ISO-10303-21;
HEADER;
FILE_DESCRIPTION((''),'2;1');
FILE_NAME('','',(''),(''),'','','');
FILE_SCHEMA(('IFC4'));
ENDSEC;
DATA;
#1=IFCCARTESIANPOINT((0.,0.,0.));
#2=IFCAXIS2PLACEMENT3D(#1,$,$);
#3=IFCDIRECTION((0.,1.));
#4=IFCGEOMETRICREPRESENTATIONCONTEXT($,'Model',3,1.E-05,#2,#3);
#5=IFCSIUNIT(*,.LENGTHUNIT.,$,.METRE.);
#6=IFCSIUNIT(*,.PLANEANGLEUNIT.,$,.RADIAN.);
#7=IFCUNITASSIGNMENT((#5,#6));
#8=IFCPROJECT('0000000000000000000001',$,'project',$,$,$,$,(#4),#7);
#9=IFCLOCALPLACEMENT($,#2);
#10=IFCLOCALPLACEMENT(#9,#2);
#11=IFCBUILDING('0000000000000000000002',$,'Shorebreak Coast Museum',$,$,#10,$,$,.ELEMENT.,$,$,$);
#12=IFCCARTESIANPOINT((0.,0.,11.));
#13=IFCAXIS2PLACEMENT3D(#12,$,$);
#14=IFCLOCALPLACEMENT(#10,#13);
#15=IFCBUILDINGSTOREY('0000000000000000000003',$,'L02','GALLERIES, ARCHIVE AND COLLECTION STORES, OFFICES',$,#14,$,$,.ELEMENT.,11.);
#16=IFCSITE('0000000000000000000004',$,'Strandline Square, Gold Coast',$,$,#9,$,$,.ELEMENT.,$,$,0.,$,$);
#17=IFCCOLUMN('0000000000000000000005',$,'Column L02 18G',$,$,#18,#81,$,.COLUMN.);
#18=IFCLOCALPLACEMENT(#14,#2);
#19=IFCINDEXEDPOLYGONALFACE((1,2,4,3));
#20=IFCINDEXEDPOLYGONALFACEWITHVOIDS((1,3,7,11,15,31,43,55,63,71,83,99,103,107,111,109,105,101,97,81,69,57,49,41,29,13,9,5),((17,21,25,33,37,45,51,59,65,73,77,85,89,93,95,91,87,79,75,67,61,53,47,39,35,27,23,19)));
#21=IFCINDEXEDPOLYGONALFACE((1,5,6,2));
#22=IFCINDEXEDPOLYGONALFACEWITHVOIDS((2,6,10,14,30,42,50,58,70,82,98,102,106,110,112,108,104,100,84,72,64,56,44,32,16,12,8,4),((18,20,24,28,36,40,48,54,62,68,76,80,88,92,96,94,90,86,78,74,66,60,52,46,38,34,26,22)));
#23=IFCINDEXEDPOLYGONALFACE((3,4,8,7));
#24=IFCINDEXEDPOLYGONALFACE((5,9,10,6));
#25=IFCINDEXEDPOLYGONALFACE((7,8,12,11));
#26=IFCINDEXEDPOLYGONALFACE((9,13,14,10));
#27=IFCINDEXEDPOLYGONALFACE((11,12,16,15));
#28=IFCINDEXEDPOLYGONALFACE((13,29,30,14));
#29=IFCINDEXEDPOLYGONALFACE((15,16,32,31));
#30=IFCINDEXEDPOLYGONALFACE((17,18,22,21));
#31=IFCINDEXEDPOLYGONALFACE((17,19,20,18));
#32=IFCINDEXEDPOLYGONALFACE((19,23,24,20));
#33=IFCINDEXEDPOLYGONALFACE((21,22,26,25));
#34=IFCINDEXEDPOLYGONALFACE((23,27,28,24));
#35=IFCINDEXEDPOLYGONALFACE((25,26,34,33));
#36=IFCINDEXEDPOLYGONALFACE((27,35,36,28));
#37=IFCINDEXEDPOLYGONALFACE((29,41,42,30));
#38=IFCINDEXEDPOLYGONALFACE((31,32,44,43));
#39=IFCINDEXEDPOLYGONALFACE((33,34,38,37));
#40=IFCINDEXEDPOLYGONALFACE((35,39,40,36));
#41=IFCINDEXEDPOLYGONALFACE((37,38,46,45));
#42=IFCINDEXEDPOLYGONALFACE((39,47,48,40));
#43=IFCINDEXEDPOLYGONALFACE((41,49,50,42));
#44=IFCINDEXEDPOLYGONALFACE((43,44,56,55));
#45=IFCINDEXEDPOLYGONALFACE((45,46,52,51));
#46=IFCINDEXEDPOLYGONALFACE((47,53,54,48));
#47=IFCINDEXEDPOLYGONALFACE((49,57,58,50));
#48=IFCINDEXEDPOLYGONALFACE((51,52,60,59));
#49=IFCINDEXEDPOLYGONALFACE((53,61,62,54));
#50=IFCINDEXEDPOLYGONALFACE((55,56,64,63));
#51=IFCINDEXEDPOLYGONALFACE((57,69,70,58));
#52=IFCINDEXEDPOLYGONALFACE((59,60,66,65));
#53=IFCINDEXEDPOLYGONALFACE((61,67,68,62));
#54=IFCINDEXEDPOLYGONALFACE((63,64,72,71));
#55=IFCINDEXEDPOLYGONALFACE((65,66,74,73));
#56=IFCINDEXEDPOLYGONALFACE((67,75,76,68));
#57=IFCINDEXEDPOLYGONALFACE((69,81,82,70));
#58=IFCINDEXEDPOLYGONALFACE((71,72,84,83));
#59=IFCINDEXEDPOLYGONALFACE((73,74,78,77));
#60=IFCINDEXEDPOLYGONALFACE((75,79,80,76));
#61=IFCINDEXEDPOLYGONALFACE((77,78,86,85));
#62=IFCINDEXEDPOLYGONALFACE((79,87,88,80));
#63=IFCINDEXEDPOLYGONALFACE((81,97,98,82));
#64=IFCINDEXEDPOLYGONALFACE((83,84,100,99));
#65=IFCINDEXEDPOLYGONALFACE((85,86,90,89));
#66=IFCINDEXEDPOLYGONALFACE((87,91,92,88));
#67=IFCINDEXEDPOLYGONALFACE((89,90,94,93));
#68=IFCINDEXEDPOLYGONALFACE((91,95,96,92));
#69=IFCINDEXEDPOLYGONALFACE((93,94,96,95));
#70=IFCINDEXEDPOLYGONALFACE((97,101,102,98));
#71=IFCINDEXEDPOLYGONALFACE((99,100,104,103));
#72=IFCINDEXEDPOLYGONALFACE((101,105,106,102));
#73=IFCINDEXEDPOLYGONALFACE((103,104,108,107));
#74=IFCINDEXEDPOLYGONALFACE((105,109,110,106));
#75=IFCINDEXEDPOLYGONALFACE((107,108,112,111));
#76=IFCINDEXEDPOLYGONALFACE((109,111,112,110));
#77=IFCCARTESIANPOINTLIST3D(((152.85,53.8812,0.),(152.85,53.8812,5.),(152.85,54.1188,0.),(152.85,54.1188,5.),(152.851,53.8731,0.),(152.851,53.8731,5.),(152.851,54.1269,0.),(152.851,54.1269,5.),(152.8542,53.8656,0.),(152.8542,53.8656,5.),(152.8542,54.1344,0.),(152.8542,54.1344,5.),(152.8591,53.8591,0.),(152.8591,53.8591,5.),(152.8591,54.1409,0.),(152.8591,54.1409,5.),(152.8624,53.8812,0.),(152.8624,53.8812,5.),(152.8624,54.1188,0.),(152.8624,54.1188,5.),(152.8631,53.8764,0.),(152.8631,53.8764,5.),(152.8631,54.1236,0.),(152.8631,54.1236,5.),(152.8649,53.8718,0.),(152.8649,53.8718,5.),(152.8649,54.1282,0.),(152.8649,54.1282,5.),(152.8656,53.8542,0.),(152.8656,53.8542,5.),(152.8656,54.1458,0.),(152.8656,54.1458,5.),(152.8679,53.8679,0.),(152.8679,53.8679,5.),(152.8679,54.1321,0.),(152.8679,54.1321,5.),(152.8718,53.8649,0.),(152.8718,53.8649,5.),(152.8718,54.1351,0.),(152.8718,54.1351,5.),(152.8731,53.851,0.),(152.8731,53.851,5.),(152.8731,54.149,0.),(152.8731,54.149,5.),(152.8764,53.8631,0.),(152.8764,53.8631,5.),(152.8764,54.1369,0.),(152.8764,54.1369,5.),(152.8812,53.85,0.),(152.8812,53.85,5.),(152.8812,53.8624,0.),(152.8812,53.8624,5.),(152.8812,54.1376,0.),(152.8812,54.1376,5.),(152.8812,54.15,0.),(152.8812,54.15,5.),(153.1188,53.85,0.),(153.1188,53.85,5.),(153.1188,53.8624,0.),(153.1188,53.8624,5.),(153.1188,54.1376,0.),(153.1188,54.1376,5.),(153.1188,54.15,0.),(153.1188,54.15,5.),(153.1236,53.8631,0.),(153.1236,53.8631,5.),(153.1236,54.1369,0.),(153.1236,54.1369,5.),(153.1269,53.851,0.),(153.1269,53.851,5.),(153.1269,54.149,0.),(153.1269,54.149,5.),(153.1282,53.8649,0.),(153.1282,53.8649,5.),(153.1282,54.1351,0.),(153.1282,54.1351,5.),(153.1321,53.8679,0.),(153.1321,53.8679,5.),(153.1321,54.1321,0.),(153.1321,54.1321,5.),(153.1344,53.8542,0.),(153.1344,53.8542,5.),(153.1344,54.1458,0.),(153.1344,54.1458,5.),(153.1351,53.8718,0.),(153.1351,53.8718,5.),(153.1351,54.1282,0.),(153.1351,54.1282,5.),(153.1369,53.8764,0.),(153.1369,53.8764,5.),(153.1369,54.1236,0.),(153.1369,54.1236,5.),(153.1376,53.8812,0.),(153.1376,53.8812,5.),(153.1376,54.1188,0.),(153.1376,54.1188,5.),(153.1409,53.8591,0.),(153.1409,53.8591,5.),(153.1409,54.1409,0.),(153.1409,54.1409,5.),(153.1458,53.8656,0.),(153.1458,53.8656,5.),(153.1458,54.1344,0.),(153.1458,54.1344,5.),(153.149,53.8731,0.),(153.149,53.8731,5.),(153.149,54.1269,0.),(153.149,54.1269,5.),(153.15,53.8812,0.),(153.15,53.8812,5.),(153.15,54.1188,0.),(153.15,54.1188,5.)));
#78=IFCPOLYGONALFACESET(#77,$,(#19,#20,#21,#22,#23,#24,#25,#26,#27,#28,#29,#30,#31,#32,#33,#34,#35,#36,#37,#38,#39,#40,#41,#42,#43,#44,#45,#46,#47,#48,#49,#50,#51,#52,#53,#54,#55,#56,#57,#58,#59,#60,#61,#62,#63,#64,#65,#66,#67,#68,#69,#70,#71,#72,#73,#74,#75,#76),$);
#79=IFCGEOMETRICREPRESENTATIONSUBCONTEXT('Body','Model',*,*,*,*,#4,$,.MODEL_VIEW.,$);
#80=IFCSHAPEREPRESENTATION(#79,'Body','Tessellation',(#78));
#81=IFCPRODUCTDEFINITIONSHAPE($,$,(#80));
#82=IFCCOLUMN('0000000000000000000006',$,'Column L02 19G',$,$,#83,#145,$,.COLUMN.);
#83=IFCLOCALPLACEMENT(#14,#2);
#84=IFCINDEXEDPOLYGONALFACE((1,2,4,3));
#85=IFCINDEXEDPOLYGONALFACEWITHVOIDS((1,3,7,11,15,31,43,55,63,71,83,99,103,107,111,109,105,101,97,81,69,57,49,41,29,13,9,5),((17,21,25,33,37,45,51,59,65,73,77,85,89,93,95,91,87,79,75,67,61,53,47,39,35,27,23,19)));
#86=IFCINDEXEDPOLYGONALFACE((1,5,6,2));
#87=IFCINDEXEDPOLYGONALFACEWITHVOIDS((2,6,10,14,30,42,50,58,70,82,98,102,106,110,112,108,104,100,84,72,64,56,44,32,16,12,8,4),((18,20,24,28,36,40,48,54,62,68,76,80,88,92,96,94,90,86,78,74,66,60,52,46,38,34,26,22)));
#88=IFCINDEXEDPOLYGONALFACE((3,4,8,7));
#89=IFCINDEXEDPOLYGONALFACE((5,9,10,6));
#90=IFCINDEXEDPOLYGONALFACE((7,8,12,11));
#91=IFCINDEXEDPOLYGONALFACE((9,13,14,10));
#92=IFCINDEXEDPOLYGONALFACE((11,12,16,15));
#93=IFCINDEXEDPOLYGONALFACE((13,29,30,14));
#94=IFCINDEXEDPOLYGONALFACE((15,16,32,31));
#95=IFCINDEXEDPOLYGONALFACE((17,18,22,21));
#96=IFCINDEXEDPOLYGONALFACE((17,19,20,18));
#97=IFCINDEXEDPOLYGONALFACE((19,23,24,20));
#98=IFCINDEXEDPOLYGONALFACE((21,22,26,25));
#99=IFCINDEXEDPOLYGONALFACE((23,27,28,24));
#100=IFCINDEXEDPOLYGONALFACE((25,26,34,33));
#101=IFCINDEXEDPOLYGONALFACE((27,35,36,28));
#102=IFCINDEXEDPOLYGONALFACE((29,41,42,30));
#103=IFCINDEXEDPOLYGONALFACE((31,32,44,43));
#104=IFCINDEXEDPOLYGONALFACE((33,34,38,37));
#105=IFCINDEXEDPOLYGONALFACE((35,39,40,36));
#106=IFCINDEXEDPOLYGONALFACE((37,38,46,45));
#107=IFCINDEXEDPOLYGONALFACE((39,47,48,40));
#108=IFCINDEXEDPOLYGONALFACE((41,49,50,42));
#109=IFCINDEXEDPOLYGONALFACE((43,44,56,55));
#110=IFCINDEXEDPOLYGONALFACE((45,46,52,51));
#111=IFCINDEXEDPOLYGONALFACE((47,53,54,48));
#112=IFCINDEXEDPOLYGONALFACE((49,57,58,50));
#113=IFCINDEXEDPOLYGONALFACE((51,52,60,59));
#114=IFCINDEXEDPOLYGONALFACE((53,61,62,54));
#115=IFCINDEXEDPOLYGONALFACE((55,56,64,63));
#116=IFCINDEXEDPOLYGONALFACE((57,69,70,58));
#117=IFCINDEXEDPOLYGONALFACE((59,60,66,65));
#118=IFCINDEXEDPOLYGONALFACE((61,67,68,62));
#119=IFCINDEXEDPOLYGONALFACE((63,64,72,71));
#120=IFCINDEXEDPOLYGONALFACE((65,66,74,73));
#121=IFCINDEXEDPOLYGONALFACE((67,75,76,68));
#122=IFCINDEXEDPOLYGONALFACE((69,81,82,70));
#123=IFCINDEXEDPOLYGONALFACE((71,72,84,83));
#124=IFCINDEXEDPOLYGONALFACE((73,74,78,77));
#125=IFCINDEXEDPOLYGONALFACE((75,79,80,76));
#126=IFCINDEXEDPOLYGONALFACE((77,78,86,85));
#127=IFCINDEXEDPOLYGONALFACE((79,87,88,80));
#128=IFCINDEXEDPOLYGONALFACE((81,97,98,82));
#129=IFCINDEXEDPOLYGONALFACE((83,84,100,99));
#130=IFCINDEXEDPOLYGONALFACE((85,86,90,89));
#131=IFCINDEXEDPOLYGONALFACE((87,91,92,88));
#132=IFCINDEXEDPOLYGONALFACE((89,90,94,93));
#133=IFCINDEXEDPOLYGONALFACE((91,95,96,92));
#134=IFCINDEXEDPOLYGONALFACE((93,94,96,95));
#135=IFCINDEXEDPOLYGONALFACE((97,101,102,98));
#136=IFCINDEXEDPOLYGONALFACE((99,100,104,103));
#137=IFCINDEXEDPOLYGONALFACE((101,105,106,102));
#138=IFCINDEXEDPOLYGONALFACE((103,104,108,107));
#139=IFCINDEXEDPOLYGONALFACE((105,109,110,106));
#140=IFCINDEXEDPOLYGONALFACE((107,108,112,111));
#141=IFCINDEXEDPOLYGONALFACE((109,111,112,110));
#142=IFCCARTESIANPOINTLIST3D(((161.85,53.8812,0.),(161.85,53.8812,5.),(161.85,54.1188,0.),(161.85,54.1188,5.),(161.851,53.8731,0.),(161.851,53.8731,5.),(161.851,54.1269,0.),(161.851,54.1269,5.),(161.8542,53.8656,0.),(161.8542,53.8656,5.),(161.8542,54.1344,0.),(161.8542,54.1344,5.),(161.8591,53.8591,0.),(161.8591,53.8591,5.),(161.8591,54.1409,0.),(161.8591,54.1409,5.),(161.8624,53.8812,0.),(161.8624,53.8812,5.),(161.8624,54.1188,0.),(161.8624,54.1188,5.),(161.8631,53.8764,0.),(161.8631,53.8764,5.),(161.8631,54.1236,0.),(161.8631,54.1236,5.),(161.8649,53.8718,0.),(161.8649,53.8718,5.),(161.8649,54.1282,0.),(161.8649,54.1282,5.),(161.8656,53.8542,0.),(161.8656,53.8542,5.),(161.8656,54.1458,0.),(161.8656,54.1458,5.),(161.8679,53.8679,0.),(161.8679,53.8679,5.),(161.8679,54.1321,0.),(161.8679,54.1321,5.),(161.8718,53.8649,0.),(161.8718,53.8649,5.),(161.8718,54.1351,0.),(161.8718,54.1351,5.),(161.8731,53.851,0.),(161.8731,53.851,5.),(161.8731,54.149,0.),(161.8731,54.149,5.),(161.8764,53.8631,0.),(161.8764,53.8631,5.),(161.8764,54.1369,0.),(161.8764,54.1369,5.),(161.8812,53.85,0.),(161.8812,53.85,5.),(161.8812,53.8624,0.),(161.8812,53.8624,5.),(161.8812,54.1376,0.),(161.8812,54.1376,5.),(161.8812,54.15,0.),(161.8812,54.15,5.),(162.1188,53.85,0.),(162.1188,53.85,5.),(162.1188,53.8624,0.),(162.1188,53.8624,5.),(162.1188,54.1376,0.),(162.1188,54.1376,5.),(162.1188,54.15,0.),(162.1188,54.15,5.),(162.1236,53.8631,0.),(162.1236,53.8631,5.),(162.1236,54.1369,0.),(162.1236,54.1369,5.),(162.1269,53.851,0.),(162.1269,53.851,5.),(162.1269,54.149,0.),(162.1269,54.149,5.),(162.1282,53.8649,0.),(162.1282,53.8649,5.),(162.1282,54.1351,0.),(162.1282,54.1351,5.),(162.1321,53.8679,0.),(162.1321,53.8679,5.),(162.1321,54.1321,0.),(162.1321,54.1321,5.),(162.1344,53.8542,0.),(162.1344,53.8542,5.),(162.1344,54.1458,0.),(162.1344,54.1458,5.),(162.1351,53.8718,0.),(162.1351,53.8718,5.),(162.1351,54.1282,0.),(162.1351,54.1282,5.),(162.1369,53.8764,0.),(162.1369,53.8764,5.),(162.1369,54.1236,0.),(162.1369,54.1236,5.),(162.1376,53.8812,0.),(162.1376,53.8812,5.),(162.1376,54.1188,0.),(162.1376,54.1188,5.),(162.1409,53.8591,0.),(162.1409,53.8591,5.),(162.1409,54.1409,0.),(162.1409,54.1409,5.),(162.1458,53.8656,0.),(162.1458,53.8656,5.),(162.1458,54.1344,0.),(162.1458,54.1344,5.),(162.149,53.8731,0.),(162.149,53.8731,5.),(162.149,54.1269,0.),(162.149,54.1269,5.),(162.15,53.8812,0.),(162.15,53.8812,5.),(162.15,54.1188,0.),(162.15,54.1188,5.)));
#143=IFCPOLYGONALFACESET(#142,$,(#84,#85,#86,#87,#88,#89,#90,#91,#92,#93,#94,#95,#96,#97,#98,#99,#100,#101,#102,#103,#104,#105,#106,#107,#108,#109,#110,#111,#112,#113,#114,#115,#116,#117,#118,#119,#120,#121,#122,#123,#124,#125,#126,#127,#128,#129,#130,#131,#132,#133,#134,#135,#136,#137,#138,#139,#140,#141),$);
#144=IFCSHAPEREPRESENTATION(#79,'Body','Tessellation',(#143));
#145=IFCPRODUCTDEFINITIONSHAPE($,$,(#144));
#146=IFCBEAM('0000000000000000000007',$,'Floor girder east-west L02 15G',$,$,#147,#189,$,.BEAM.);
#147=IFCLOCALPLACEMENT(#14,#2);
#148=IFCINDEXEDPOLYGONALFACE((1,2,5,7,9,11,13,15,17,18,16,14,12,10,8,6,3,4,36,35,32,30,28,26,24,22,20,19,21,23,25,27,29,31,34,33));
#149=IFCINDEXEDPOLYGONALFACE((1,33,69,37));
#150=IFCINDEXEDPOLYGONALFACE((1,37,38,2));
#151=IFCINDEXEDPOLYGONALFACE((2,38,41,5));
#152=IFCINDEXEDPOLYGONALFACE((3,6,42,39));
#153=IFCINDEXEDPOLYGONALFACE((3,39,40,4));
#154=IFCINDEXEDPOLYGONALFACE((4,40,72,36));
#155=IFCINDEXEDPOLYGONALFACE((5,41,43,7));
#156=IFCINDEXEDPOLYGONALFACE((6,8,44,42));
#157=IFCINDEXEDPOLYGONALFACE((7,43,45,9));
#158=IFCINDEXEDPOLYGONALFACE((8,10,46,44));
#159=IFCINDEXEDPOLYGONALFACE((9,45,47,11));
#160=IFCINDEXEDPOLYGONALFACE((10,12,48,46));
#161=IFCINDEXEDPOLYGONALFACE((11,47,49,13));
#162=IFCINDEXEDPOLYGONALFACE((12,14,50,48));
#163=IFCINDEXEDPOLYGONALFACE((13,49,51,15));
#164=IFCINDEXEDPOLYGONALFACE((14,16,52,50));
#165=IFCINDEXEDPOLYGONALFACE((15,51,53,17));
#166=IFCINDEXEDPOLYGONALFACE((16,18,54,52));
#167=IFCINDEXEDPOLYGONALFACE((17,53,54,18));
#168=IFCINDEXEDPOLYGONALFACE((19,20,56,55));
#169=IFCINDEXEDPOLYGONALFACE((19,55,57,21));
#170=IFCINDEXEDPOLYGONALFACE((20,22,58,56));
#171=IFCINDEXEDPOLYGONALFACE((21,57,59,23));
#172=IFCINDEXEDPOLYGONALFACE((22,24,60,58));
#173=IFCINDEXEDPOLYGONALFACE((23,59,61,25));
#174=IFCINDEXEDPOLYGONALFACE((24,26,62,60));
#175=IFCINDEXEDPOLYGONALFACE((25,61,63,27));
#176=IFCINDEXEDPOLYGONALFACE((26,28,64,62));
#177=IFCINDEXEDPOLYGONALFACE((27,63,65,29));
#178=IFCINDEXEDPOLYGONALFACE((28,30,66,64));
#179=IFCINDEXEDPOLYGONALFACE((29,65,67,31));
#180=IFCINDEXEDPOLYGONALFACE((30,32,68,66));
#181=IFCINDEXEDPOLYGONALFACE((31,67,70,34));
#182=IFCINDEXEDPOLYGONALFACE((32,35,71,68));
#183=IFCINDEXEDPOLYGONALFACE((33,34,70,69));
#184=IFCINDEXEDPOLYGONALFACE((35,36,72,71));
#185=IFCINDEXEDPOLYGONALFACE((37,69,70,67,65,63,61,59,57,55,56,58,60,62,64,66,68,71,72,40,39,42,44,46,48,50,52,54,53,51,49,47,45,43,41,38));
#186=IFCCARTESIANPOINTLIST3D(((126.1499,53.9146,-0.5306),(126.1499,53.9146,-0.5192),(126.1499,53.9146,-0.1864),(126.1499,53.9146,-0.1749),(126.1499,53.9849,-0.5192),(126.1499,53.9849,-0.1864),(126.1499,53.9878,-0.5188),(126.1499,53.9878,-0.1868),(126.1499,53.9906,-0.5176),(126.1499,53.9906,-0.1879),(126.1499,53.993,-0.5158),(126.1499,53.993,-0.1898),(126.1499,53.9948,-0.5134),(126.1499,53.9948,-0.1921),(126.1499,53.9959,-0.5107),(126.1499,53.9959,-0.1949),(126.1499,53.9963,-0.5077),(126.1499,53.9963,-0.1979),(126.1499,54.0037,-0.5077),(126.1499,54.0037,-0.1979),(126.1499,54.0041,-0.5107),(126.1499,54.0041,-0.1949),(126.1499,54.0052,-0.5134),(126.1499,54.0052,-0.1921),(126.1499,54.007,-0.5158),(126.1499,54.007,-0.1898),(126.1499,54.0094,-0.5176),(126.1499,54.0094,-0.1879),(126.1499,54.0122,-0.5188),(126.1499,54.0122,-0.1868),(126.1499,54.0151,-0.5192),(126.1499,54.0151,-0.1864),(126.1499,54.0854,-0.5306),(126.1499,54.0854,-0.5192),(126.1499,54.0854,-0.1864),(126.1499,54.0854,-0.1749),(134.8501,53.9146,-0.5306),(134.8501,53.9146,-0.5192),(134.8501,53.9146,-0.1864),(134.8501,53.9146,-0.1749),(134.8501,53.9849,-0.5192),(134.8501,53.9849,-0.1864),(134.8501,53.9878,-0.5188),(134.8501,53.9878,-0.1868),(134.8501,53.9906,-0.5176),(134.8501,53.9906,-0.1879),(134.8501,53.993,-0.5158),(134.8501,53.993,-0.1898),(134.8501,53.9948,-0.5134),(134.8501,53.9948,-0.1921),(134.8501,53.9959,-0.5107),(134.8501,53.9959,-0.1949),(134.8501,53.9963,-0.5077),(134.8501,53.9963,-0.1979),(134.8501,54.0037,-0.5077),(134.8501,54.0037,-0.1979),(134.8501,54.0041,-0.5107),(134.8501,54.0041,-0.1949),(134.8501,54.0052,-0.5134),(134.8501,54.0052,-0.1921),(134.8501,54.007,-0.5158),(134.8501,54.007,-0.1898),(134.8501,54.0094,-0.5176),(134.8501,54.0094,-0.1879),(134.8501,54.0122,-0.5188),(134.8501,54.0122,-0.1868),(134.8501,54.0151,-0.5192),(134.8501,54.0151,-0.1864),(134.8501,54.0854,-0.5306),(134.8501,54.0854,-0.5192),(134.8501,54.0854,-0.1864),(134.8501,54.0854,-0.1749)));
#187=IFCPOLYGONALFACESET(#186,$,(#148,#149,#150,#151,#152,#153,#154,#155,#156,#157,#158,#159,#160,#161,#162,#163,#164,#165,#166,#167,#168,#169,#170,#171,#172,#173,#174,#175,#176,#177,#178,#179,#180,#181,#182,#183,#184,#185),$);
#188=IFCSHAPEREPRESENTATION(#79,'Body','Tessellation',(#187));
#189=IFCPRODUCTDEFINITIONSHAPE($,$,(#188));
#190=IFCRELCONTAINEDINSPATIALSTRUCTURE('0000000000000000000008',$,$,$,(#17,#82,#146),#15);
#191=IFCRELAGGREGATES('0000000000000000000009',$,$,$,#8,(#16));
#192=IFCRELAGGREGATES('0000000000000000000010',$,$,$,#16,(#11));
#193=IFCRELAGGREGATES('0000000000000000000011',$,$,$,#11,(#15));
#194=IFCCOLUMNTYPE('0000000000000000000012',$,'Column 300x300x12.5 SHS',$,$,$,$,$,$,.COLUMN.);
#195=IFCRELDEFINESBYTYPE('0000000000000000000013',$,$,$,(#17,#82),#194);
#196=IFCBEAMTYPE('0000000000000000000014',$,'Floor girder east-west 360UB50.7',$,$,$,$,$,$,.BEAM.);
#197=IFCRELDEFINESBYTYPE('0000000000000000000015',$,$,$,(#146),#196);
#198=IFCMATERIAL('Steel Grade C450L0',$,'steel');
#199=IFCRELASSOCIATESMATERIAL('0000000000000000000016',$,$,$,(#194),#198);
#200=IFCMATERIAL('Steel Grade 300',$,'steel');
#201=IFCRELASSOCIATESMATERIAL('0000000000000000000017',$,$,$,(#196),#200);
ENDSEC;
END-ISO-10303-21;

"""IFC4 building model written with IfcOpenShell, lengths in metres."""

from ifc_helpers import new_model, si_unit, direction, frame, origin, origin_2d, place, context, subcontext, project, spatial, hollow_rectangle, i_section, extrude, material, material_profile, profile_set, type_object, element, save


model = new_model("IFC4")

# Units and contexts
model_context = context("Model", 3, precision=1e-05, world=origin(), true_north=direction((0.0, 1.0)))
body_context = subcontext(model_context, "Body", "Model", "MODEL_VIEW")
ifc_project = project(units=[si_unit("LENGTHUNIT", "METRE"), si_unit("PLANEANGLEUNIT", "RADIAN")], contexts=[model_context])

# Site, building, storey
site_placement = place(None, origin())
site = spatial("IfcSite", under=ifc_project, at=site_placement, Name="Strandline Square, Gold Coast", CompositionType="ELEMENT", RefElevation=0.0)
building_placement = place(site_placement, origin())
building = spatial("IfcBuilding", under=site, at=building_placement, Name="Shorebreak Coast Museum", CompositionType="ELEMENT")
storey_placement = place(building_placement, frame((0.0, 0.0, 11.0)))
storey = spatial("IfcBuildingStorey", under=building, at=storey_placement, Name="L02", Description="GALLERIES, ARCHIVE AND COLLECTION STORES, OFFICES", CompositionType="ELEMENT", Elevation=11.0)

# Columns
ifc_material_1 = material(Name="Steel Grade C450L0", Category="steel")
ifc_material_profile_1 = material_profile(ifc_material_1, hollow_rectangle(XDim=0.3, YDim=0.3, WallThickness=0.0125, InnerFilletRadius=0.0188, OuterFilletRadius=0.0312, at=origin_2d()), Name="300x300x12.5 SHS")
ifc_profile_set_1 = profile_set([ifc_material_profile_1], Name="Steel Grade C450L0")
column_type = type_object("IfcColumnType", Name="Column 300x300x12.5 SHS", PredefinedType="COLUMN", material=ifc_profile_set_1)
for number, where, z_axis, x_axis, name in (
    (1, (153.0, 54.0, 0.0), (0.0, 0.0, 1.0), (1.0, 0.0, 0.0), "Column L02 18G"),
    (2, (162.0, 54.0, 0.0), (0.0, 0.0, 1.0), (1.0, 0.0, 0.0), "Column L02 19G"),
):
    element("IfcColumn", number, at=place(storey_placement, frame(where, z_axis=z_axis, x_axis=x_axis)), inside=storey, type_object=column_type, Name=name, PredefinedType="COLUMN", context=body_context, shape_type="SweptSolid", body=[
        extrude(hollow_rectangle(XDim=0.3, YDim=0.3, WallThickness=0.0125, InnerFilletRadius=0.0188, OuterFilletRadius=0.0312, at=origin_2d()), origin(), (0.0, 0.0, 1.0), 5.0),
    ])

# Beam
ifc_material_2 = material(Name="Steel Grade 300", Category="steel")
ifc_material_profile_2 = material_profile(ifc_material_2, i_section(OverallWidth=0.1709, OverallDepth=0.3557, WebThickness=0.0073, FlangeThickness=0.0115, FilletRadius=0.0115, at=origin_2d()), Name="360UB50.7")
ifc_profile_set_2 = profile_set([ifc_material_profile_2], Name="Steel Grade 300")
beam_type = type_object("IfcBeamType", Name="Floor girder east-west 360UB50.7", PredefinedType="BEAM", material=ifc_profile_set_2)
for number, where, z_axis, x_axis, name in (
    (3, (126.1499, 54.0, -0.3528), (1.0, 0.0, 0.0), (0.0, 1.0, 0.0), "Floor girder east-west L02 15G"),
):
    element("IfcBeam", number, at=place(storey_placement, frame(where, z_axis=z_axis, x_axis=x_axis)), inside=storey, type_object=beam_type, Name=name, PredefinedType="BEAM", context=body_context, shape_type="SweptSolid", body=[
        extrude(i_section(OverallWidth=0.1709, OverallDepth=0.3557, WebThickness=0.0073, FlangeThickness=0.0115, FilletRadius=0.0115, at=origin_2d()), origin(), (0.0, 0.0, 1.0), 8.7002),
    ])

save(model, "model.ifc")
